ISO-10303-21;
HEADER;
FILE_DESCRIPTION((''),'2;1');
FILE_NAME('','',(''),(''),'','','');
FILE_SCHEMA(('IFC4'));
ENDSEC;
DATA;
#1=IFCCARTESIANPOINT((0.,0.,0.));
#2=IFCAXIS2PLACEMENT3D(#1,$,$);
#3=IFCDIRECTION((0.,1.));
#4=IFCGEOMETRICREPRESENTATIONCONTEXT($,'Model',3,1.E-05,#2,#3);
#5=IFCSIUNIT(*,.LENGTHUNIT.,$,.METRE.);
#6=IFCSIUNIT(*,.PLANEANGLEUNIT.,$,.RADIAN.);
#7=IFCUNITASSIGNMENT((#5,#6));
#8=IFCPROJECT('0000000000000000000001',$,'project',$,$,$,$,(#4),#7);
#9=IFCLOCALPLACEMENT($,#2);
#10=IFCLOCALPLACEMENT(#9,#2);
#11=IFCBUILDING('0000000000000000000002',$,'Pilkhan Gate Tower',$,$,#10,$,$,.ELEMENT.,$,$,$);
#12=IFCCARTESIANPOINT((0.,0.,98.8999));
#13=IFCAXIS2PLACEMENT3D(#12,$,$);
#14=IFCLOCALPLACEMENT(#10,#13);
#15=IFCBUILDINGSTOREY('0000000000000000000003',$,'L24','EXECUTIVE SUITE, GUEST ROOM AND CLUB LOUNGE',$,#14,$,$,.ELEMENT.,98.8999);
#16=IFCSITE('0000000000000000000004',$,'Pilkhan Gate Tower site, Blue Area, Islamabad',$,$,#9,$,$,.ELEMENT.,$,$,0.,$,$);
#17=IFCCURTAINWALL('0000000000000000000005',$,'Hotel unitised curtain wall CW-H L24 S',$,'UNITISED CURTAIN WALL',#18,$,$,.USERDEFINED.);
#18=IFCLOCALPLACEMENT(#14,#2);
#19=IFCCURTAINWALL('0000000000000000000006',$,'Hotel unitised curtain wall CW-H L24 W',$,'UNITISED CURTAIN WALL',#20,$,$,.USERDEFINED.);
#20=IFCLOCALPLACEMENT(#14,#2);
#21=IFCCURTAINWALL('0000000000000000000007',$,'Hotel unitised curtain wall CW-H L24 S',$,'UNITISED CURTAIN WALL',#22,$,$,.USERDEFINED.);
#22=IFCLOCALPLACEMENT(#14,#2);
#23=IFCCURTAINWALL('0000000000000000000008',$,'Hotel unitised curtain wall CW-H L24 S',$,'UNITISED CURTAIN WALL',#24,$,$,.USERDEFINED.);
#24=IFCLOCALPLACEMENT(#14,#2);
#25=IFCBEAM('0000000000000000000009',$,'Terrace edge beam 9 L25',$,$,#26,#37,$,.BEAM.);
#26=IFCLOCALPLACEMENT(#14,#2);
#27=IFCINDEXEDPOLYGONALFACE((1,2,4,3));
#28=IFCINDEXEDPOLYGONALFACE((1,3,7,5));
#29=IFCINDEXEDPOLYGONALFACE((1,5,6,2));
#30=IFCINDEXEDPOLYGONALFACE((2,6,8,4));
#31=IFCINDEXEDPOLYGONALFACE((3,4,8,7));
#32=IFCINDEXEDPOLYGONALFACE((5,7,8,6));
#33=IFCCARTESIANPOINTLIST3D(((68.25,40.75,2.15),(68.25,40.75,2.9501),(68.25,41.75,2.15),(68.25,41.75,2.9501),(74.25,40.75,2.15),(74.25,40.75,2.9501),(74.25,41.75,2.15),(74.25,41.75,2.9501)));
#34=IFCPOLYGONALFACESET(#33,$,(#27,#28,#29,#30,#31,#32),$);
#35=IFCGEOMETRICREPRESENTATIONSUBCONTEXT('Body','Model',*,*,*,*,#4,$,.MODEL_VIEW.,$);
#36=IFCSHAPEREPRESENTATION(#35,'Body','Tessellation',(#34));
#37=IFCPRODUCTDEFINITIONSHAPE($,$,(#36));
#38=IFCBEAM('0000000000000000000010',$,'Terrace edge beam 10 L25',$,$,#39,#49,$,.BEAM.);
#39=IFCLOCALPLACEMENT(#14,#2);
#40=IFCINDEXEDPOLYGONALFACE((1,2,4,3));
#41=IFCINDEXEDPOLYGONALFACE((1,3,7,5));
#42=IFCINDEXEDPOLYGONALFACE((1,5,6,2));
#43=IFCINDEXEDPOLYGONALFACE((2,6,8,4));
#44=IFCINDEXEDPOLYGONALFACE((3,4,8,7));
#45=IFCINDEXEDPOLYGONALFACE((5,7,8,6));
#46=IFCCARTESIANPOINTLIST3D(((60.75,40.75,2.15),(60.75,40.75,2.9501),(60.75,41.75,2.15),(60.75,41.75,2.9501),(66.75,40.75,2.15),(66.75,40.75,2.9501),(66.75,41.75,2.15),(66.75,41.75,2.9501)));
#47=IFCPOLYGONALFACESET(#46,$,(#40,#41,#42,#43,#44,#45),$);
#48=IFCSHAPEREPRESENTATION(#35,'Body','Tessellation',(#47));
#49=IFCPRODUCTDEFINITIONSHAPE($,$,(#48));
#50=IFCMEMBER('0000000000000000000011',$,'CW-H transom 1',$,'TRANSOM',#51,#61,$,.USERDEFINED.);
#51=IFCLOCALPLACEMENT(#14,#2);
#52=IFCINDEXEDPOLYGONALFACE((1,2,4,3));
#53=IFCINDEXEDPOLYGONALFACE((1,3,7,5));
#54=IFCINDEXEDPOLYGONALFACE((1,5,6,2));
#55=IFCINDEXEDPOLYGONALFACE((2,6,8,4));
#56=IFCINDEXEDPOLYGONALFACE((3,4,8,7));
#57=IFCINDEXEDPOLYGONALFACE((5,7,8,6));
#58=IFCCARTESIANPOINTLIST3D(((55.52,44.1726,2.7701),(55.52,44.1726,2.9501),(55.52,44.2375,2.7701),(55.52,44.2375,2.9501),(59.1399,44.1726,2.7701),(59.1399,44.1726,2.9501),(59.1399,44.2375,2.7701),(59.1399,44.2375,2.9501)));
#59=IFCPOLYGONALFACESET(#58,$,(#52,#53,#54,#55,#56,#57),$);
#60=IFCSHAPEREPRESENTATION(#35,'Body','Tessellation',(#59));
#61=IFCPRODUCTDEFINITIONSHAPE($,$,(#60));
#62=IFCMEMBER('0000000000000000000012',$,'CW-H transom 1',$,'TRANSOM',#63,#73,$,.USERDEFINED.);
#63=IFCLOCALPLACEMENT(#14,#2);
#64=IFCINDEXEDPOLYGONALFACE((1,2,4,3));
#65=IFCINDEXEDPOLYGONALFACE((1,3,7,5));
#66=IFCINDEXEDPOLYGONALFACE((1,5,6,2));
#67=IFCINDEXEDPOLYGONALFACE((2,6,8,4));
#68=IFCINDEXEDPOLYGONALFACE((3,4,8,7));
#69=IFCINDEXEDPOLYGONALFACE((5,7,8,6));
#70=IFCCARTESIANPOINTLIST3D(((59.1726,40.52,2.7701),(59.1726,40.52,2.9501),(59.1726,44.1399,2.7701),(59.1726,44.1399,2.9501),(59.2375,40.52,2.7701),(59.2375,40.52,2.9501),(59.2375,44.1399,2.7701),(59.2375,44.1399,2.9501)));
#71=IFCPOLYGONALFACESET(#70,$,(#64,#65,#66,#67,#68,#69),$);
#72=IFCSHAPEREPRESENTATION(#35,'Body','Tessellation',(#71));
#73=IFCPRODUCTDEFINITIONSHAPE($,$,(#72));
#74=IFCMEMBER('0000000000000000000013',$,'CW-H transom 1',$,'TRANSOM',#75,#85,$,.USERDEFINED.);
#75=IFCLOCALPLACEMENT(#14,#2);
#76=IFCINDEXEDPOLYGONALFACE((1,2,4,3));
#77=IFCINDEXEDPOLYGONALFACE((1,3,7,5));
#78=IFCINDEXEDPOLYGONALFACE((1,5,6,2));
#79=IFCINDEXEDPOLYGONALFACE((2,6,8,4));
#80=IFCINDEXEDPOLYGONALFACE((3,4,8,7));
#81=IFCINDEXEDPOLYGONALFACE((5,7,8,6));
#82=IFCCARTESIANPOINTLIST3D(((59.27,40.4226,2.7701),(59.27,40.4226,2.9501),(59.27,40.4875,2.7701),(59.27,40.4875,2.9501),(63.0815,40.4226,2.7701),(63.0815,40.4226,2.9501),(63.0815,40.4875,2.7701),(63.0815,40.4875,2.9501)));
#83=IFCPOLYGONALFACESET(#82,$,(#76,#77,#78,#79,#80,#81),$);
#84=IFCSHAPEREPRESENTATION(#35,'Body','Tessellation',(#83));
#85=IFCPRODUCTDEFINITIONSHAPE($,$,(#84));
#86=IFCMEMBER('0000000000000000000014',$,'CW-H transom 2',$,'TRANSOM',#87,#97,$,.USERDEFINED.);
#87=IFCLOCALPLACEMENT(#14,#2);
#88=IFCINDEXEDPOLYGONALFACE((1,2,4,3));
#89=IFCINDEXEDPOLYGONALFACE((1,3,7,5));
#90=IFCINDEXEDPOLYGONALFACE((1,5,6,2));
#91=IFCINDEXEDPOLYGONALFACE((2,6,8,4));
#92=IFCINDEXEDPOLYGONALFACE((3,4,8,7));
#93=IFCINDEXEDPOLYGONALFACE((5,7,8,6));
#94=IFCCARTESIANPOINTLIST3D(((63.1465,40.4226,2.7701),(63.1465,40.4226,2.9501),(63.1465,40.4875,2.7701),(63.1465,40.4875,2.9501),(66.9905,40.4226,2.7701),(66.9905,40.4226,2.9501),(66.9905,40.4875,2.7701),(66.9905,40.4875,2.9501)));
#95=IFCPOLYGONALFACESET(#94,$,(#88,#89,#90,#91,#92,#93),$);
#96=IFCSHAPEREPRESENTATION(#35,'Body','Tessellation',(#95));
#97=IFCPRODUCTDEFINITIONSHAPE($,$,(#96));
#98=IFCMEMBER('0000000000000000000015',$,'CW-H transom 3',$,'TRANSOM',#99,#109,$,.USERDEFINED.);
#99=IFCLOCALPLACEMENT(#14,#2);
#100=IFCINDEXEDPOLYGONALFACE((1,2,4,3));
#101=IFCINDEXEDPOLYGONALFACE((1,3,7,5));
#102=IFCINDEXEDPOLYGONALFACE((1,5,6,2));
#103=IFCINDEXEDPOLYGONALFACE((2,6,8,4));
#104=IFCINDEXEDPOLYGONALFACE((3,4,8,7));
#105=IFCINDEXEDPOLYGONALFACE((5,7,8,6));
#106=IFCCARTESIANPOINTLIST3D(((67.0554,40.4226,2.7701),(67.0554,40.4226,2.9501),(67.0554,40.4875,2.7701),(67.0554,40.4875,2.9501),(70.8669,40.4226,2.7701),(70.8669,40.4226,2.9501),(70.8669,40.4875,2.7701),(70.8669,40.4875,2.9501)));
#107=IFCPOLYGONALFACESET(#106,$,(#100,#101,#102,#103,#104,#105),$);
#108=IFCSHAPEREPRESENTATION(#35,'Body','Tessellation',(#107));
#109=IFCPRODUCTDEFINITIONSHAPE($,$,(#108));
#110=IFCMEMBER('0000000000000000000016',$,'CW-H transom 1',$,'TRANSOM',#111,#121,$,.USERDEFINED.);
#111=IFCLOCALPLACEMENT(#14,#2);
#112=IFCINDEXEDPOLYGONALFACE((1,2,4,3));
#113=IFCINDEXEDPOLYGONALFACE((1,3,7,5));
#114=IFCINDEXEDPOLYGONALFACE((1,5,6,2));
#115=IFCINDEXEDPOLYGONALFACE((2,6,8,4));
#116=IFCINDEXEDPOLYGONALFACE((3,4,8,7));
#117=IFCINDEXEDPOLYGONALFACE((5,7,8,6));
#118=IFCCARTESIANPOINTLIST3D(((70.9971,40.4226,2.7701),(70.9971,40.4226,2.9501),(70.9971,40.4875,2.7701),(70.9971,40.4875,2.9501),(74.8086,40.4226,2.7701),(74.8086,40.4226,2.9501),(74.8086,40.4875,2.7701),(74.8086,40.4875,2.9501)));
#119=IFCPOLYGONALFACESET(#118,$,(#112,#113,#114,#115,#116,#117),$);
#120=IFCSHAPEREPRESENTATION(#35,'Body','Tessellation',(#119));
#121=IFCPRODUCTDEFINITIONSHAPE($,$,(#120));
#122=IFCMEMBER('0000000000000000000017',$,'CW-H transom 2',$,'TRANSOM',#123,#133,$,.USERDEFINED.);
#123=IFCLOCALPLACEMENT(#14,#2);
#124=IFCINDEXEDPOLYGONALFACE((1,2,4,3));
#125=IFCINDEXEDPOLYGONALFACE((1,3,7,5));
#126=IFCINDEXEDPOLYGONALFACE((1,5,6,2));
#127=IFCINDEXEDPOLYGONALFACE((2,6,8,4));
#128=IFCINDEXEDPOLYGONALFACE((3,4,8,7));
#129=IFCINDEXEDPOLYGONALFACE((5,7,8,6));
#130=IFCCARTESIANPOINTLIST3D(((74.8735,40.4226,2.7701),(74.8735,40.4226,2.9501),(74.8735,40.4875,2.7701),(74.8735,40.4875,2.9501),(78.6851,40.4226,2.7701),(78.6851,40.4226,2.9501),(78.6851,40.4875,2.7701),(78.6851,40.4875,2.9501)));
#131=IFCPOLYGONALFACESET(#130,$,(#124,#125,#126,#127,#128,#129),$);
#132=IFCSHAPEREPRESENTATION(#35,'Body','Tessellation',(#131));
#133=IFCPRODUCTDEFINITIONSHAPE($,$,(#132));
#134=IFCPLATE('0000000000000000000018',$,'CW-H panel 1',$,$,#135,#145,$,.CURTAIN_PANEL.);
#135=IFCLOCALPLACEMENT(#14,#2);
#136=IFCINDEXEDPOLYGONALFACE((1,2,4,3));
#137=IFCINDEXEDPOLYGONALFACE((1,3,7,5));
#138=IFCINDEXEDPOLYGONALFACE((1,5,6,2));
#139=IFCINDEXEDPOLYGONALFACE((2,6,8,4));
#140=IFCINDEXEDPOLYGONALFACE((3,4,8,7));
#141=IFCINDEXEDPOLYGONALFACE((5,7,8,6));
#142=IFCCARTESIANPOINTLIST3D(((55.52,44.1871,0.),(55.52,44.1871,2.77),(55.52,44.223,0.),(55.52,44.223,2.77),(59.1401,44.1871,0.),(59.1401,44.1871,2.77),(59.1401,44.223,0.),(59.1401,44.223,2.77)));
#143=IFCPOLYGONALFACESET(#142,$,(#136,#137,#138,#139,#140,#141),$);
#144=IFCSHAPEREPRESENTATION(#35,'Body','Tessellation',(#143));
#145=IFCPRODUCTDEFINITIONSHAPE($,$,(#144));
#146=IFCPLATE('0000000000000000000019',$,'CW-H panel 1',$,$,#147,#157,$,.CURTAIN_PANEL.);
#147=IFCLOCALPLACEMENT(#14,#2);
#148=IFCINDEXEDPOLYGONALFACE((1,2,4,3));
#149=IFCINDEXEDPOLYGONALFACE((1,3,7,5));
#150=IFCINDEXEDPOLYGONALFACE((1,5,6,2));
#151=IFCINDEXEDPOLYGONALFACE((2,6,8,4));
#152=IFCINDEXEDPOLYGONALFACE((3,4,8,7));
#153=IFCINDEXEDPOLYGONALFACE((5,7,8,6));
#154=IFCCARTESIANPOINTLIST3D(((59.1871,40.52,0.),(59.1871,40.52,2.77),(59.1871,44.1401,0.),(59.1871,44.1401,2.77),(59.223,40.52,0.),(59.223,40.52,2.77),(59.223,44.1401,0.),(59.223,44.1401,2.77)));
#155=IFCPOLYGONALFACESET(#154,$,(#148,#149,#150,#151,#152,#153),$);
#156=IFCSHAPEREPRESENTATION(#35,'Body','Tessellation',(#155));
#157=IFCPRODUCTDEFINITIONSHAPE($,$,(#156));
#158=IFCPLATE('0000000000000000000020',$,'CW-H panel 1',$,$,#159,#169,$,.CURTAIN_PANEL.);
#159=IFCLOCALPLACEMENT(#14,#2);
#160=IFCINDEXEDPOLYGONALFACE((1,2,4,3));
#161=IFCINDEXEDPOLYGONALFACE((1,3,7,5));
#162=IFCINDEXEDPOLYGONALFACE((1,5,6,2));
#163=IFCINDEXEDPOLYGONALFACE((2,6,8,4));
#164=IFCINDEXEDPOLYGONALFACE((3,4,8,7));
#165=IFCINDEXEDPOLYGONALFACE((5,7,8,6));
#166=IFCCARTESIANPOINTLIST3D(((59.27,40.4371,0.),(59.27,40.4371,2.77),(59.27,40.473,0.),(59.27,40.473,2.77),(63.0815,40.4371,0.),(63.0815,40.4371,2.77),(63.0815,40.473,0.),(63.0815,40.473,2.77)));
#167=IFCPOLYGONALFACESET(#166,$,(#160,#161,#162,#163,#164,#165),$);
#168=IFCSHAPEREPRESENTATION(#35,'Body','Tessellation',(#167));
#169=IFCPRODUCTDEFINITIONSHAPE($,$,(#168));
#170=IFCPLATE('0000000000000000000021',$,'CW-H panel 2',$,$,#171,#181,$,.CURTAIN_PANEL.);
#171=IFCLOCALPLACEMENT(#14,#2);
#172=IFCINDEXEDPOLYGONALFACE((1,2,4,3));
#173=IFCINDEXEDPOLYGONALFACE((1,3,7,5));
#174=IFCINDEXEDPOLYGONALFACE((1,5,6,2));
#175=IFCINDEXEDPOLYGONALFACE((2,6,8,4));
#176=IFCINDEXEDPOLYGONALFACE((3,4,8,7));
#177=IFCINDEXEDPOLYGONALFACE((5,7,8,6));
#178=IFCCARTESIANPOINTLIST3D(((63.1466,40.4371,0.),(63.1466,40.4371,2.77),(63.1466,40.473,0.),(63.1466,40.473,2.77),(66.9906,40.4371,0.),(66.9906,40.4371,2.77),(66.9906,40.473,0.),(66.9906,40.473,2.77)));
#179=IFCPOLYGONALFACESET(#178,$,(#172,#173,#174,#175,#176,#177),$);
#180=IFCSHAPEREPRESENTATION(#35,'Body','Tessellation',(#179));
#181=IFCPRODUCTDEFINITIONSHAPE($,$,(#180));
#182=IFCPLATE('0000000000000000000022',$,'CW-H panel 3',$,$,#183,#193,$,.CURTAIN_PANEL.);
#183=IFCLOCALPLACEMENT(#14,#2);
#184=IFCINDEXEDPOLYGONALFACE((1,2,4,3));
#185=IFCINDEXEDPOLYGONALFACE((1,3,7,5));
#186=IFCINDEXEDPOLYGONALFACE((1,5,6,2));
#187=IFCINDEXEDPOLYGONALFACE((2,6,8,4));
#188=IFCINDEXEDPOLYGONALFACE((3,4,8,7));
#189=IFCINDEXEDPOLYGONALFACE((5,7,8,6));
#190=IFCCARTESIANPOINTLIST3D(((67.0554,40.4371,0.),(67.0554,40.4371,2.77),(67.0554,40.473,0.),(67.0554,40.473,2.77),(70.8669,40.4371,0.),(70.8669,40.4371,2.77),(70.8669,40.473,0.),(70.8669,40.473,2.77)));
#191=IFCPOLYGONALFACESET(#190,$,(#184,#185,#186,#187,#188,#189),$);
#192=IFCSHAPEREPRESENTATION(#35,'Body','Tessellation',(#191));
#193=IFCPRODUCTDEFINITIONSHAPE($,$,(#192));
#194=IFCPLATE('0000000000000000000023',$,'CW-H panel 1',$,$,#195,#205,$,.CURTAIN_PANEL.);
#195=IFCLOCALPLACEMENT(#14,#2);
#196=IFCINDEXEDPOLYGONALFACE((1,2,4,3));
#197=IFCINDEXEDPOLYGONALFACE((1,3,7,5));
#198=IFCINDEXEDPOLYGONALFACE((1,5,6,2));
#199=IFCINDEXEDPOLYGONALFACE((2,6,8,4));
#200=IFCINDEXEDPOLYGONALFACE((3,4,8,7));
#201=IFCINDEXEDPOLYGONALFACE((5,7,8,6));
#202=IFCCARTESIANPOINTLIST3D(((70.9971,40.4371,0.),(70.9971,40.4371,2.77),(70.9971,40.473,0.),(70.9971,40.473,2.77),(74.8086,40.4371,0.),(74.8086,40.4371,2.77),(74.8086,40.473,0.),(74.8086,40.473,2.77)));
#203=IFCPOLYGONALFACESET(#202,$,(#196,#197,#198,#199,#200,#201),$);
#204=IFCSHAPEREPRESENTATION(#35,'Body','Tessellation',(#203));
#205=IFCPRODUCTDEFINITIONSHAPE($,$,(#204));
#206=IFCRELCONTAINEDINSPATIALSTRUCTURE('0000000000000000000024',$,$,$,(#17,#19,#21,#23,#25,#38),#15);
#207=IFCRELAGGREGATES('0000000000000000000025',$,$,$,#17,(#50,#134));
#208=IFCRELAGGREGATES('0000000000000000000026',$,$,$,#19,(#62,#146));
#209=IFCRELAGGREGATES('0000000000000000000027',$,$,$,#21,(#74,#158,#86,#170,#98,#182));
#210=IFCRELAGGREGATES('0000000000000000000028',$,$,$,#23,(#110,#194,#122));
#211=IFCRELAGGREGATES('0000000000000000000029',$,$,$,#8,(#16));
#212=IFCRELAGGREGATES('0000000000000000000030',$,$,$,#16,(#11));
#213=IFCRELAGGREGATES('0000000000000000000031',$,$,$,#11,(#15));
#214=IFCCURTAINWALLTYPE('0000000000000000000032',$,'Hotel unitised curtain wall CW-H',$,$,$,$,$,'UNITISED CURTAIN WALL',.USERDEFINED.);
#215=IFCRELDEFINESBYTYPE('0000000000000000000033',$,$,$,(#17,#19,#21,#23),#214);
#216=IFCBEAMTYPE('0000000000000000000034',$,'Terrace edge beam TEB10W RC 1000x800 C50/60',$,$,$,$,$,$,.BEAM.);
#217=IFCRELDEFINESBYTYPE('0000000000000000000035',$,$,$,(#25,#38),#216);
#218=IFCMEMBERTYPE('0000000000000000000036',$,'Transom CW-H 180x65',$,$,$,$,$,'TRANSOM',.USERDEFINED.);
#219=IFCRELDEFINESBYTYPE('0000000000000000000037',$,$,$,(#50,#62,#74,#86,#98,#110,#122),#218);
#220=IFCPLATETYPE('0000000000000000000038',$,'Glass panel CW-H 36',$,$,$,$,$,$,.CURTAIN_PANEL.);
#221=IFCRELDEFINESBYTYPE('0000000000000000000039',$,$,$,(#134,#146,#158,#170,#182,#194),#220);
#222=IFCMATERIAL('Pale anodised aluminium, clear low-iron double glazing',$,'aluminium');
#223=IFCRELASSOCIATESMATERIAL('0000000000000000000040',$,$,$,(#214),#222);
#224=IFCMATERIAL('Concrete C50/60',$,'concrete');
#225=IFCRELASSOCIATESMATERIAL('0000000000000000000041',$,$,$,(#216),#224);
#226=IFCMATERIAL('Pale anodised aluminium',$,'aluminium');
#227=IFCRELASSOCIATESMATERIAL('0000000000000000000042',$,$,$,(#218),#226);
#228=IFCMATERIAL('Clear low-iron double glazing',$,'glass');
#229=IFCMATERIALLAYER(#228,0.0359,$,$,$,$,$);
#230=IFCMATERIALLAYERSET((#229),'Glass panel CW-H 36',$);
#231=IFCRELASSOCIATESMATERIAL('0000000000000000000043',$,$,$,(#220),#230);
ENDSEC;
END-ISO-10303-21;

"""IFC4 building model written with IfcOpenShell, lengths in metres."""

from ifc_helpers import new_model, si_unit, direction, frame, origin, origin_2d, place, context, subcontext, project, spatial, rectangle, extrude, material, layer, layer_set, material_profile, profile_set, type_object, element, aggregate, save


model = new_model("IFC4")

# Units and contexts
model_context = context("Model", 3, precision=1e-05, world=origin(), true_north=direction((0.0, 1.0)))
body_context = subcontext(model_context, "Body", "Model", "MODEL_VIEW")
ifc_project = project(units=[si_unit("LENGTHUNIT", "METRE"), si_unit("PLANEANGLEUNIT", "RADIAN")], contexts=[model_context])

# Site, building, storey
site_placement = place(None, origin())
site = spatial("IfcSite", under=ifc_project, at=site_placement, Name="Pilkhan Gate Tower site, Blue Area, Islamabad", CompositionType="ELEMENT", RefElevation=0.0)
building_placement = place(site_placement, origin())
building = spatial("IfcBuilding", under=site, at=building_placement, Name="Pilkhan Gate Tower", CompositionType="ELEMENT")
storey_placement = place(building_placement, frame((0.0, 0.0, 98.8999)))
storey = spatial("IfcBuildingStorey", under=building, at=storey_placement, Name="L24", Description="EXECUTIVE SUITE, GUEST ROOM AND CLUB LOUNGE", CompositionType="ELEMENT", Elevation=98.8999)

# Shared definitions
ifc_material_1 = material(Name="Pale anodised aluminium, clear low-iron double glazing", Category="aluminium")
curtain_wall_type = type_object("IfcCurtainWallType", Name="Hotel unitised curtain wall CW-H", ElementType="UNITISED CURTAIN WALL", PredefinedType="USERDEFINED", material=ifc_material_1)
ifc_material_2 = material(Name="Pale anodised aluminium", Category="aluminium")

# Curtain walls
curtain_wall_1_placement = place(storey_placement, origin())
curtain_wall_1 = element("IfcCurtainWall", 1, at=curtain_wall_1_placement, inside=storey, type_object=curtain_wall_type, Name="Hotel unitised curtain wall CW-H L24 S", ObjectType="UNITISED CURTAIN WALL", PredefinedType="USERDEFINED")
curtain_wall_2_placement = place(storey_placement, origin())
curtain_wall_2 = element("IfcCurtainWall", 2, at=curtain_wall_2_placement, inside=storey, type_object=curtain_wall_type, Name="Hotel unitised curtain wall CW-H L24 W", ObjectType="UNITISED CURTAIN WALL", PredefinedType="USERDEFINED")
curtain_wall_3_placement = place(storey_placement, origin())
curtain_wall_3 = element("IfcCurtainWall", 3, at=curtain_wall_3_placement, inside=storey, type_object=curtain_wall_type, Name="Hotel unitised curtain wall CW-H L24 S", ObjectType="UNITISED CURTAIN WALL", PredefinedType="USERDEFINED")
curtain_wall_4_placement = place(storey_placement, origin())
curtain_wall_4 = element("IfcCurtainWall", 4, at=curtain_wall_4_placement, inside=storey, type_object=curtain_wall_type, Name="Hotel unitised curtain wall CW-H L24 S", ObjectType="UNITISED CURTAIN WALL", PredefinedType="USERDEFINED")

# Beams
ifc_material_3 = material(Name="Concrete C50/60", Category="concrete")
ifc_material_profile_1 = material_profile(ifc_material_3, rectangle(XDim=1.0, YDim=0.8, at=origin_2d()), Name="RC 1000x800")
ifc_profile_set_1 = profile_set([ifc_material_profile_1], Name="Concrete C50/60")
beam_type_1 = type_object("IfcBeamType", Name="Terrace edge beam TEB10W RC 1000x800 C50/60", PredefinedType="BEAM", material=ifc_profile_set_1)
for number, where, z_axis, x_axis, name in (
    (5, (74.25, 41.25, 2.55), (-1.0, 0.0, 0.0), (0.0, -1.0, 0.0), "Terrace edge beam 9 L25"),
    (6, (66.75, 41.25, 2.55), (-1.0, 0.0, 0.0), (0.0, -1.0, 0.0), "Terrace edge beam 10 L25"),
):
    element("IfcBeam", number, at=place(storey_placement, frame(where, z_axis=z_axis, x_axis=x_axis)), inside=storey, type_object=beam_type_1, Name=name, PredefinedType="BEAM", context=body_context, shape_type="SweptSolid", body=[
        extrude(rectangle(XDim=1.0, YDim=0.8, at=origin_2d()), origin(), (0.0, 0.0, 1.0), 6.0),
    ])

# Members
ifc_material_profile_2 = material_profile(ifc_material_2, rectangle(XDim=0.0649, YDim=0.1799, at=origin_2d()), Name="Transom 180x65")
ifc_profile_set_2 = profile_set([ifc_material_profile_2], Name="Pale anodised aluminium")
member_type_1 = type_object("IfcMemberType", Name="Transom CW-H 180x65", ElementType="TRANSOM", PredefinedType="USERDEFINED", material=ifc_profile_set_2)
member_1_placement = place(storey_placement, frame((55.52, 44.2051, 2.8601), z_axis=(1.0, 0.0, 0.0), x_axis=(0.0, 1.0, 0.0)))
member_1 = element("IfcMember", 7, at=member_1_placement, type_object=member_type_1, Name="CW-H transom 1", ObjectType="TRANSOM", PredefinedType="USERDEFINED", context=body_context, shape_type="SweptSolid", body=[
    extrude(rectangle(XDim=0.0649, YDim=0.1799, at=origin_2d()), origin(), (0.0, 0.0, 1.0), 3.6199),
])
member_2_placement = place(storey_placement, frame((59.2051, 40.52, 2.8601), z_axis=(0.0, 1.0, 0.0), x_axis=(-1.0, 0.0, 0.0)))
member_2 = element("IfcMember", 8, at=member_2_placement, type_object=member_type_1, Name="CW-H transom 1", ObjectType="TRANSOM", PredefinedType="USERDEFINED", context=body_context, shape_type="SweptSolid", body=[
    extrude(rectangle(XDim=0.0649, YDim=0.1799, at=origin_2d()), origin(), (0.0, 0.0, 1.0), 3.6199),
])
member_3_placement = place(storey_placement, frame((59.27, 40.4551, 2.8601), z_axis=(1.0, 0.0, 0.0), x_axis=(0.0, 1.0, 0.0)))
member_3 = element("IfcMember", 9, at=member_3_placement, type_object=member_type_1, Name="CW-H transom 1", ObjectType="TRANSOM", PredefinedType="USERDEFINED", context=body_context, shape_type="SweptSolid", body=[
    extrude(rectangle(XDim=0.0649, YDim=0.1799, at=origin_2d()), origin(), (0.0, 0.0, 1.0), 3.8115),
])
member_4_placement = place(storey_placement, frame((63.1465, 40.4551, 2.8601), z_axis=(1.0, 0.0, 0.0), x_axis=(0.0, 1.0, 0.0)))
member_4 = element("IfcMember", 10, at=member_4_placement, type_object=member_type_1, Name="CW-H transom 2", ObjectType="TRANSOM", PredefinedType="USERDEFINED", context=body_context, shape_type="SweptSolid", body=[
    extrude(rectangle(XDim=0.0649, YDim=0.1799, at=origin_2d()), origin(), (0.0, 0.0, 1.0), 3.844),
])
member_5_placement = place(storey_placement, frame((67.0554, 40.4551, 2.8601), z_axis=(1.0, 0.0, 0.0), x_axis=(0.0, 1.0, 0.0)))
member_5 = element("IfcMember", 11, at=member_5_placement, type_object=member_type_1, Name="CW-H transom 3", ObjectType="TRANSOM", PredefinedType="USERDEFINED", context=body_context, shape_type="SweptSolid", body=[
    extrude(rectangle(XDim=0.0649, YDim=0.1799, at=origin_2d()), origin(), (0.0, 0.0, 1.0), 3.8115),
])
member_6_placement = place(storey_placement, frame((70.9971, 40.4551, 2.8601), z_axis=(1.0, 0.0, 0.0), x_axis=(0.0, 1.0, 0.0)))
member_6 = element("IfcMember", 12, at=member_6_placement, type_object=member_type_1, Name="CW-H transom 1", ObjectType="TRANSOM", PredefinedType="USERDEFINED", context=body_context, shape_type="SweptSolid", body=[
    extrude(rectangle(XDim=0.0649, YDim=0.1799, at=origin_2d()), origin(), (0.0, 0.0, 1.0), 3.8115),
])
member_7_placement = place(storey_placement, frame((74.8735, 40.4551, 2.8601), z_axis=(1.0, 0.0, 0.0), x_axis=(0.0, 1.0, 0.0)))
member_7 = element("IfcMember", 13, at=member_7_placement, type_object=member_type_1, Name="CW-H transom 2", ObjectType="TRANSOM", PredefinedType="USERDEFINED", context=body_context, shape_type="SweptSolid", body=[
    extrude(rectangle(XDim=0.0649, YDim=0.1799, at=origin_2d()), origin(), (0.0, 0.0, 1.0), 3.8115),
])

# Plates
ifc_material_4 = material(Name="Clear low-iron double glazing", Category="glass")
ifc_layer_1 = layer(ifc_material_4, 0.0359)
ifc_layer_set_1 = layer_set([ifc_layer_1], Name="Glass panel CW-H 36")
plate_type = type_object("IfcPlateType", Name="Glass panel CW-H 36", PredefinedType="CURTAIN_PANEL", material=ifc_layer_set_1)
plate_1_placement = place(storey_placement, frame((57.3301, 44.2051, 0.0), z_axis=(0.0, 0.0, 1.0), x_axis=(1.0, 0.0, 0.0)))
plate_1 = element("IfcPlate", 14, at=plate_1_placement, type_object=plate_type, Name="CW-H panel 1", PredefinedType="CURTAIN_PANEL", context=body_context, shape_type="SweptSolid", body=[
    extrude(rectangle(XDim=3.6201, YDim=0.0359, at=origin_2d()), origin(), (0.0, 0.0, 1.0), 2.77),
])
aggregate(curtain_wall_1, [member_1, plate_1])
plate_2_placement = place(storey_placement, frame((59.2051, 42.3301, 0.0), z_axis=(0.0, 0.0, 1.0), x_axis=(0.0, 1.0, 0.0)))
plate_2 = element("IfcPlate", 15, at=plate_2_placement, type_object=plate_type, Name="CW-H panel 1", PredefinedType="CURTAIN_PANEL", context=body_context, shape_type="SweptSolid", body=[
    extrude(rectangle(XDim=3.6201, YDim=0.0359, at=origin_2d()), origin(), (0.0, 0.0, 1.0), 2.77),
])
aggregate(curtain_wall_2, [member_2, plate_2])
plate_3_placement = place(storey_placement, frame((61.1758, 40.4551, 0.0), z_axis=(0.0, 0.0, 1.0), x_axis=(1.0, 0.0, 0.0)))
plate_3 = element("IfcPlate", 16, at=plate_3_placement, type_object=plate_type, Name="CW-H panel 1", PredefinedType="CURTAIN_PANEL", context=body_context, shape_type="SweptSolid", body=[
    extrude(rectangle(XDim=3.8115, YDim=0.0359, at=origin_2d()), origin(), (0.0, 0.0, 1.0), 2.77),
])
plate_4_placement = place(storey_placement, frame((65.0686, 40.4551, 0.0), z_axis=(0.0, 0.0, 1.0), x_axis=(1.0, 0.0, 0.0)))
plate_4 = element("IfcPlate", 17, at=plate_4_placement, type_object=plate_type, Name="CW-H panel 2", PredefinedType="CURTAIN_PANEL", context=body_context, shape_type="SweptSolid", body=[
    extrude(rectangle(XDim=3.844, YDim=0.0359, at=origin_2d()), origin(), (0.0, 0.0, 1.0), 2.77),
])
plate_5_placement = place(storey_placement, frame((68.9612, 40.4551, 0.0), z_axis=(0.0, 0.0, 1.0), x_axis=(1.0, 0.0, 0.0)))
plate_5 = element("IfcPlate", 18, at=plate_5_placement, type_object=plate_type, Name="CW-H panel 3", PredefinedType="CURTAIN_PANEL", context=body_context, shape_type="SweptSolid", body=[
    extrude(rectangle(XDim=3.8115, YDim=0.0359, at=origin_2d()), origin(), (0.0, 0.0, 1.0), 2.77),
])
aggregate(curtain_wall_3, [member_3, plate_3, member_4, plate_4, member_5, plate_5])
plate_6_placement = place(storey_placement, frame((72.9028, 40.4551, 0.0), z_axis=(0.0, 0.0, 1.0), x_axis=(1.0, 0.0, 0.0)))
plate_6 = element("IfcPlate", 19, at=plate_6_placement, type_object=plate_type, Name="CW-H panel 1", PredefinedType="CURTAIN_PANEL", context=body_context, shape_type="SweptSolid", body=[
    extrude(rectangle(XDim=3.8115, YDim=0.0359, at=origin_2d()), origin(), (0.0, 0.0, 1.0), 2.77),
])
aggregate(curtain_wall_4, [member_6, plate_6, member_7])

save(model, "model.ifc")
